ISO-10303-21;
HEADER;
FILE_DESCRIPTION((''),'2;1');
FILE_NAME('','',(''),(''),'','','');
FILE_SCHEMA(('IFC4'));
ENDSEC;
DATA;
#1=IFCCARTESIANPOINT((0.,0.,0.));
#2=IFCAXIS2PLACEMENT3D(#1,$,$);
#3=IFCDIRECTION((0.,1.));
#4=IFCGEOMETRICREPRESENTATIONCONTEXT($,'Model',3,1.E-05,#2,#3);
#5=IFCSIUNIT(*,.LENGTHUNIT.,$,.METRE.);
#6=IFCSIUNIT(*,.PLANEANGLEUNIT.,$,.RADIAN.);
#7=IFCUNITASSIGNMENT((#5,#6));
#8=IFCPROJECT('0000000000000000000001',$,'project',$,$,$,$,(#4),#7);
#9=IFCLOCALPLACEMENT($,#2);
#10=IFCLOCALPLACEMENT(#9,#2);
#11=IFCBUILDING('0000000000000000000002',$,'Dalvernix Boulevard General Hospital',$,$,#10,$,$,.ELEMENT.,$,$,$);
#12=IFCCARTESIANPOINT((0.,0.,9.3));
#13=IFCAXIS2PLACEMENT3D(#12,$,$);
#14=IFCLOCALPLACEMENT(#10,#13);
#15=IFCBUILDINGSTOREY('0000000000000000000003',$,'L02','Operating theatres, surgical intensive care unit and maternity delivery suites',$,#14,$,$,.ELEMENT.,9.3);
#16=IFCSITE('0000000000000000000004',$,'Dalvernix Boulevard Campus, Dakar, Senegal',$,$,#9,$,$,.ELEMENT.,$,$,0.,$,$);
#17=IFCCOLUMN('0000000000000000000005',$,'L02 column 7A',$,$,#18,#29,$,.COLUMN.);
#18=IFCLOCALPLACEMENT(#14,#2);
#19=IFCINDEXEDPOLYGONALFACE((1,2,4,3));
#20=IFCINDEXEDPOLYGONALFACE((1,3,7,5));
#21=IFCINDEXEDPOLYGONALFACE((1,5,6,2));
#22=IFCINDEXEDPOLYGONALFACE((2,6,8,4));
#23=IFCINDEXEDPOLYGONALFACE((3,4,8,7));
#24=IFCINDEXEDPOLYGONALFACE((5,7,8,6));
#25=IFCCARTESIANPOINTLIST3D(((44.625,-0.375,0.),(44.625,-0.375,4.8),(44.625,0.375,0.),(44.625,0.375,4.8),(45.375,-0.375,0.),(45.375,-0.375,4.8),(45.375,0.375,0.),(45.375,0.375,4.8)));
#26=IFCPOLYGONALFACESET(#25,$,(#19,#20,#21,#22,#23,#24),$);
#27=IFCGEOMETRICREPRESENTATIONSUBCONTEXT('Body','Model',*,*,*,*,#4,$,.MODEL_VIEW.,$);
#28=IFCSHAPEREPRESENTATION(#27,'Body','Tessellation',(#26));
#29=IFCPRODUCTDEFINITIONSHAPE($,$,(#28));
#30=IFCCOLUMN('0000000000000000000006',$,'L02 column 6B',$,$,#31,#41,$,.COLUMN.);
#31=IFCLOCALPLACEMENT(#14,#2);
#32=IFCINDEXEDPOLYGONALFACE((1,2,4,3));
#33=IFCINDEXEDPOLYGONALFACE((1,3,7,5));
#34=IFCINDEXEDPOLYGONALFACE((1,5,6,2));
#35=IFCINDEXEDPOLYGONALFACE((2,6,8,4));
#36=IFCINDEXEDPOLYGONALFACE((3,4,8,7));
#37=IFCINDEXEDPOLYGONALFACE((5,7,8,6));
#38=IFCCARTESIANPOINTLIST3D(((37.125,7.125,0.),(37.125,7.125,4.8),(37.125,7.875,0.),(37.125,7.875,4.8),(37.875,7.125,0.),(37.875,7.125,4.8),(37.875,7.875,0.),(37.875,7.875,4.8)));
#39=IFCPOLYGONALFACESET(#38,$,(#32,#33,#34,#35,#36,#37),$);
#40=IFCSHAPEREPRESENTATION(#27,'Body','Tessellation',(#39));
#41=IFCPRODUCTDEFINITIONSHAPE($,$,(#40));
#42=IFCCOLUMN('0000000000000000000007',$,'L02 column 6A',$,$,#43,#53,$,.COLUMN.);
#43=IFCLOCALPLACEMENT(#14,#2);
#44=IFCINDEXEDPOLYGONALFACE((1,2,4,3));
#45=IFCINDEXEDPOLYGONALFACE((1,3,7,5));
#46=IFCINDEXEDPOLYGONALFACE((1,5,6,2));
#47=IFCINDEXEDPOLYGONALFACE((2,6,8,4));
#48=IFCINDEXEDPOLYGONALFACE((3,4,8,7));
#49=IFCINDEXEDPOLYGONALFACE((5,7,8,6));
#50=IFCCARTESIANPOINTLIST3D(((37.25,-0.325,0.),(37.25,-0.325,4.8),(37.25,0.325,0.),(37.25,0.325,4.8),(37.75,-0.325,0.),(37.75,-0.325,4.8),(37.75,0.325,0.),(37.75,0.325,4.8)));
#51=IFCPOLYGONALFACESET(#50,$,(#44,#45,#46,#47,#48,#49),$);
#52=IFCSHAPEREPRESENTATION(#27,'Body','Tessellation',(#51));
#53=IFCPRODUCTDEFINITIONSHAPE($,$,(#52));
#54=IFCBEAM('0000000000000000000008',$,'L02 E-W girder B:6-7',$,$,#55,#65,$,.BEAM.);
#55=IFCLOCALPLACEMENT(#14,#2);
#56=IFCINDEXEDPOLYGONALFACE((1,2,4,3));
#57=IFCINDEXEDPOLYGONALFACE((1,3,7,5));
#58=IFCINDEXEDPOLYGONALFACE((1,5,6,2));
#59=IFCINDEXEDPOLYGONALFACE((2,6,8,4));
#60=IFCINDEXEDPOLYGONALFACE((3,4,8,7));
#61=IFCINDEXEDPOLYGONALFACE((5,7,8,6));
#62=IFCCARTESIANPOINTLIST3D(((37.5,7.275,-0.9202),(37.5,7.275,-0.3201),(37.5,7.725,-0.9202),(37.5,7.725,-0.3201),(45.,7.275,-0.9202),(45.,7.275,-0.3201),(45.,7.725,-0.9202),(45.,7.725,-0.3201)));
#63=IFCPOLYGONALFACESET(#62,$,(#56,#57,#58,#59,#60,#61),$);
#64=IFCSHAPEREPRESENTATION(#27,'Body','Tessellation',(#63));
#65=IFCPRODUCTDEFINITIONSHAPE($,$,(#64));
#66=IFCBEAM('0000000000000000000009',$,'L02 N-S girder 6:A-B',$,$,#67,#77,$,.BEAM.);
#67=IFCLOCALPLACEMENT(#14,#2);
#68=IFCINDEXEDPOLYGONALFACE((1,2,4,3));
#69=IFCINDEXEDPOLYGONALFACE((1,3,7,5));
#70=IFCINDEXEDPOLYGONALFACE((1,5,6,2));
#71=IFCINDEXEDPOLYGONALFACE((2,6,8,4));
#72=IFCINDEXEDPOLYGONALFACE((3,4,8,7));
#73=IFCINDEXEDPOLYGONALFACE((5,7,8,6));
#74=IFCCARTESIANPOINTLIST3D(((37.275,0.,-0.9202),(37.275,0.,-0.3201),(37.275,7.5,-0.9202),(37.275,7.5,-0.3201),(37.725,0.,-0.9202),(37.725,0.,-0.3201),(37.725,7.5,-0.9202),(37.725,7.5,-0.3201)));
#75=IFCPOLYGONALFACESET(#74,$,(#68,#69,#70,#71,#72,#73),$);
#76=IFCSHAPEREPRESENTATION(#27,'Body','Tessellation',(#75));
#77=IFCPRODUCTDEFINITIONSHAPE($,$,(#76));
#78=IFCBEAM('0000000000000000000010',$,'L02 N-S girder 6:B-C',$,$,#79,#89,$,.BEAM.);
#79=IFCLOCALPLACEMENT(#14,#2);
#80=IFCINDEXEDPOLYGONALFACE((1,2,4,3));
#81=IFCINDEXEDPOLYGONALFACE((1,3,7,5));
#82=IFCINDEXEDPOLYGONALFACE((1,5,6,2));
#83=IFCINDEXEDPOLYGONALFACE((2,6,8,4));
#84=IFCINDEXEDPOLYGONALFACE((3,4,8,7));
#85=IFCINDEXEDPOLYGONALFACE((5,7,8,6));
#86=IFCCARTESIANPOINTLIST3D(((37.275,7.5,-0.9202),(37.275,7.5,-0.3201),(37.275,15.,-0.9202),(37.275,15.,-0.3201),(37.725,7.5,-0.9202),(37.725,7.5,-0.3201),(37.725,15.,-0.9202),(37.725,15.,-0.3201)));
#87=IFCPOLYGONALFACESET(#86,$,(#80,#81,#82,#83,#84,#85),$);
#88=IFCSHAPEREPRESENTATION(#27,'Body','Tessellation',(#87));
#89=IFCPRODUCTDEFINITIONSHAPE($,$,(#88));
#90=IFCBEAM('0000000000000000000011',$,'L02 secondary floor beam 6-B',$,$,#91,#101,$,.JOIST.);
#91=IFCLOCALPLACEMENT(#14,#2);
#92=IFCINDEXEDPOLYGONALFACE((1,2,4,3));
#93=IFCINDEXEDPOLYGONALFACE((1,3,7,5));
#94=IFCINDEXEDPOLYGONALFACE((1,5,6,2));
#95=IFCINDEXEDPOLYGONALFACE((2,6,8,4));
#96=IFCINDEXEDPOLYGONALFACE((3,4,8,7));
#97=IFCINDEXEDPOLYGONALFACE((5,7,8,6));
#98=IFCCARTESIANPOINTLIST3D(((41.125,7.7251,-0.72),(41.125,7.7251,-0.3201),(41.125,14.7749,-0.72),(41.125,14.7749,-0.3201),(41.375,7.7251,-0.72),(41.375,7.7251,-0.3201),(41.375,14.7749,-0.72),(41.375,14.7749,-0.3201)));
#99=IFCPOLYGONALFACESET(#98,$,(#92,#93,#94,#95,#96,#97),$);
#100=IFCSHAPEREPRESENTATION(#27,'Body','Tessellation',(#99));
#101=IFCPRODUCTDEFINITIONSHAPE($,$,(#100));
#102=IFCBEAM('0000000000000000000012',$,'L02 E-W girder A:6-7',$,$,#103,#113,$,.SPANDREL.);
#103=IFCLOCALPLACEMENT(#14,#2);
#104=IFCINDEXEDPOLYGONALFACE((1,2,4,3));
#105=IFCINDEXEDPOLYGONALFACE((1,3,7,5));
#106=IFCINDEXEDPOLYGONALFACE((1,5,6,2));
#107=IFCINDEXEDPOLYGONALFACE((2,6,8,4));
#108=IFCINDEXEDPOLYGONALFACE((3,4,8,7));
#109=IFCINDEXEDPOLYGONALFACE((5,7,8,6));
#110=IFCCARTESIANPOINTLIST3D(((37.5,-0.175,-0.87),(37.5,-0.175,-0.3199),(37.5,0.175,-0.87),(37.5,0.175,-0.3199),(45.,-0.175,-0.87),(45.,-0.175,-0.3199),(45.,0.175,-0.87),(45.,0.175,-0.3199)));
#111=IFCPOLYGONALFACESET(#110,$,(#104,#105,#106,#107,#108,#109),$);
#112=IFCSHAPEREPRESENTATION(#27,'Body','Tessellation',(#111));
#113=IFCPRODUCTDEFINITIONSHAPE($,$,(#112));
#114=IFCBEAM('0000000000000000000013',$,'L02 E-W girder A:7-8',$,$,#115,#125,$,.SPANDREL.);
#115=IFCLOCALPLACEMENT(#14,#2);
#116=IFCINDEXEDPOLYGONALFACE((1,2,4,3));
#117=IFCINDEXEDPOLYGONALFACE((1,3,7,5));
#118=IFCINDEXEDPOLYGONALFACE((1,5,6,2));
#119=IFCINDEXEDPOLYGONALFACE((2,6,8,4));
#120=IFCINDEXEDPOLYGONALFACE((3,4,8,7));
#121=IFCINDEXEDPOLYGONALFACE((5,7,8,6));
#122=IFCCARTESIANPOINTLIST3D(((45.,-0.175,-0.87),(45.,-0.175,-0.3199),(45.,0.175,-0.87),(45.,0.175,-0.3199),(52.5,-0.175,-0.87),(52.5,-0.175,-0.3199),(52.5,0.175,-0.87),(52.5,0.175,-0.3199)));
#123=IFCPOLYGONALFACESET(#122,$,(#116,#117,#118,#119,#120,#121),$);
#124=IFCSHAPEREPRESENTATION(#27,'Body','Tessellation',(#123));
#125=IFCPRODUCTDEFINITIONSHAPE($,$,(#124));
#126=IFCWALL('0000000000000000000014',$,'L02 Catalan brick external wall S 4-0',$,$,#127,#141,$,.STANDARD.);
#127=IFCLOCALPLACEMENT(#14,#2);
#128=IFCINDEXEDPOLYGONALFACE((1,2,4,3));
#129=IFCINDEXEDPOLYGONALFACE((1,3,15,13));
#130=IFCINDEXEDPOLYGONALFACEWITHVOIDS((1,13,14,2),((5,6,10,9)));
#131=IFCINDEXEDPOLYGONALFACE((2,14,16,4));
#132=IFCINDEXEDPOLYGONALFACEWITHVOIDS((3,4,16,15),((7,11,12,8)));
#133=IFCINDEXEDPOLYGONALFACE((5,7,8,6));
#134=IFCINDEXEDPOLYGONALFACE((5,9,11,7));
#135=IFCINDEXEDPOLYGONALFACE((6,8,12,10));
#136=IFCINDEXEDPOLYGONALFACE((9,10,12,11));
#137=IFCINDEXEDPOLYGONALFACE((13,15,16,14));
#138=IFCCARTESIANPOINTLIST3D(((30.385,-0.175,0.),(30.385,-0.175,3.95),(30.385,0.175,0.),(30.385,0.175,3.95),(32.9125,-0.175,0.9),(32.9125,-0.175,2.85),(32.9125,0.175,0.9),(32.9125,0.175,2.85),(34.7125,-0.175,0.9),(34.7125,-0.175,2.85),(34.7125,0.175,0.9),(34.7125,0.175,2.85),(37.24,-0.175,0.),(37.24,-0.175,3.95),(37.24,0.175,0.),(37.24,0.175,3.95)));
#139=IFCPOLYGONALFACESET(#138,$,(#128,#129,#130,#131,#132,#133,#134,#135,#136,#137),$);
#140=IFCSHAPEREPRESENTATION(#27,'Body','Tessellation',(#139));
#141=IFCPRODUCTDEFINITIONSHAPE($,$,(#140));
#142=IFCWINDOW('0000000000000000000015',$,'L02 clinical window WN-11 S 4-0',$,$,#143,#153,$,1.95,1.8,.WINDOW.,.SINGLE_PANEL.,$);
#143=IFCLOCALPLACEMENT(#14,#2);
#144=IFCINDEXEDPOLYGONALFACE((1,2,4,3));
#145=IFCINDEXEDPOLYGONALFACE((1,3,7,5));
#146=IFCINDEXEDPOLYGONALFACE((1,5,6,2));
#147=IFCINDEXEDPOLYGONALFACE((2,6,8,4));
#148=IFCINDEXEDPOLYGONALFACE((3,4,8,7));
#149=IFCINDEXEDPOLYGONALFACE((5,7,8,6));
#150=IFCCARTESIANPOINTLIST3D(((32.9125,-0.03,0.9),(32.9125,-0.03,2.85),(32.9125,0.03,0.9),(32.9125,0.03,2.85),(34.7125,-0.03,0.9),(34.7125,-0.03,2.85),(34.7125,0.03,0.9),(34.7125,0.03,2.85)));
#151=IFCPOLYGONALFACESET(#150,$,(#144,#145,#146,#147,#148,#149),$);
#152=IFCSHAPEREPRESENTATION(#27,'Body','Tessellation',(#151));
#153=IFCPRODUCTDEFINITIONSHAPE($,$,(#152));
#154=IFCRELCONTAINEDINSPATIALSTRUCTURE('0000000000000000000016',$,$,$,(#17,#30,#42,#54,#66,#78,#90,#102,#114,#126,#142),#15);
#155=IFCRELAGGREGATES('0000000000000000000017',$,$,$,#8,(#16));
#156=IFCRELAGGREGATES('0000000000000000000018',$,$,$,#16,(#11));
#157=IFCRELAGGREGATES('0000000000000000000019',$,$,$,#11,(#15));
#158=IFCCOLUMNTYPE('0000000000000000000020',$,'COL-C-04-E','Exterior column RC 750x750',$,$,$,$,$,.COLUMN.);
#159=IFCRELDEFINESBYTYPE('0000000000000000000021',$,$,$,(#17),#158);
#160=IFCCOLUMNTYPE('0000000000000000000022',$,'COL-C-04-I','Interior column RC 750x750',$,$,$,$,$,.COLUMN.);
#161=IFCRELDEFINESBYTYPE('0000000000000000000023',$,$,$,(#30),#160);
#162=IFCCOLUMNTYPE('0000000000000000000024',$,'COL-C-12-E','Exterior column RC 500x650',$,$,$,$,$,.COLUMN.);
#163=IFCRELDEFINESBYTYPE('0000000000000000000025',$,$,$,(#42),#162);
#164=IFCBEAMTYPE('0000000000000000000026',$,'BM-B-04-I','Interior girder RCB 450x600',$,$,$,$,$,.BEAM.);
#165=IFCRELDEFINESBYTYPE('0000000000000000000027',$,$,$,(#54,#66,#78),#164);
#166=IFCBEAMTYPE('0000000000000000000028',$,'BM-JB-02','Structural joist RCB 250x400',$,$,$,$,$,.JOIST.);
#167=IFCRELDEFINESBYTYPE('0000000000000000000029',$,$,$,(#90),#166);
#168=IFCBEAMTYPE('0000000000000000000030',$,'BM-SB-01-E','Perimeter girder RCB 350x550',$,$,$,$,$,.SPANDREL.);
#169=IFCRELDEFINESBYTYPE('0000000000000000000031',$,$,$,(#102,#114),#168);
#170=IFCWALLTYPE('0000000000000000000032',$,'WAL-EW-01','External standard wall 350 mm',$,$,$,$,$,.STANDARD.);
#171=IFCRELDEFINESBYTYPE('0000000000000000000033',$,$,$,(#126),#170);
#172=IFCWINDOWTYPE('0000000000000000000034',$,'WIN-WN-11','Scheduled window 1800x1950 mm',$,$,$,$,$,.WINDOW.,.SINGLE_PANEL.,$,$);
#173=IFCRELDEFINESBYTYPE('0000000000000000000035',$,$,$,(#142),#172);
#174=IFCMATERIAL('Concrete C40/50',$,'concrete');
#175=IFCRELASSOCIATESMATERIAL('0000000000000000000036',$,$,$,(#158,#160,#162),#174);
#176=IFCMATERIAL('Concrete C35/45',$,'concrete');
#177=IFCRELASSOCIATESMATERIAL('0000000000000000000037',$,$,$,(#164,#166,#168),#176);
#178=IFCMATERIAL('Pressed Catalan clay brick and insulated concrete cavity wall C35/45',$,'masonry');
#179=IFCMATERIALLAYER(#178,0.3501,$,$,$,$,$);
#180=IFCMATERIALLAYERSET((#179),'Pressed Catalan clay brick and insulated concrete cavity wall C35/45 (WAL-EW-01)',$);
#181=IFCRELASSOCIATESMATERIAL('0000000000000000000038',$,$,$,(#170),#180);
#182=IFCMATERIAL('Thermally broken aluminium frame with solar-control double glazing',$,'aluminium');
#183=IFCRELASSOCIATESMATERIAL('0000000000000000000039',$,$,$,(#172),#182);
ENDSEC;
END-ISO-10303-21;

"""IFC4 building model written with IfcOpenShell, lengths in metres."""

from ifc_helpers import new_model, si_unit, direction, frame, frame_2d, origin, origin_2d, place, context, subcontext, project, spatial, rectangle, extrude, material, layer, layer_set, material_profile, profile_set, type_object, element, fill, save


model = new_model("IFC4")

# Units and contexts
model_context = context("Model", 3, precision=1e-05, world=origin(), true_north=direction((0.0, 1.0)))
body_context = subcontext(model_context, "Body", "Model", "MODEL_VIEW")
ifc_project = project(units=[si_unit("LENGTHUNIT", "METRE"), si_unit("PLANEANGLEUNIT", "RADIAN")], contexts=[model_context])

# Site, building, storey
site_placement = place(None, origin())
site = spatial("IfcSite", under=ifc_project, at=site_placement, Name="Dalvernix Boulevard Campus, Dakar, Senegal", CompositionType="ELEMENT", RefElevation=0.0)
building_placement = place(site_placement, origin())
building = spatial("IfcBuilding", under=site, at=building_placement, Name="Dalvernix Boulevard General Hospital", CompositionType="ELEMENT")
storey_placement = place(building_placement, frame((0.0, 0.0, 9.3)))
storey = spatial("IfcBuildingStorey", under=building, at=storey_placement, Name="L02", Description="Operating theatres, surgical intensive care unit and maternity delivery suites", CompositionType="ELEMENT", Elevation=9.3)

# Columns
ifc_material_1 = material(Name="Concrete C40/50", Category="concrete")
ifc_material_profile_1 = material_profile(ifc_material_1, rectangle(XDim=0.75, YDim=0.75, at=origin_2d()), Name="RC 750x750")
ifc_profile_set_1 = profile_set([ifc_material_profile_1], Name="Concrete C40/50")
column_type_1 = type_object("IfcColumnType", Name="COL-C-04-E", Description="Exterior column RC 750x750", PredefinedType="COLUMN", material=ifc_profile_set_1)
column_1_placement = place(storey_placement, frame((45.0, 0.0, 0.0), z_axis=(0.0, 0.0, 1.0), x_axis=(1.0, 0.0, 0.0)))
element("IfcColumn", 1, at=column_1_placement, inside=storey, type_object=column_type_1, Name="L02 column 7A", PredefinedType="COLUMN", context=body_context, shape_type="SweptSolid", body=[
    extrude(rectangle(XDim=0.75, YDim=0.75, at=origin_2d()), origin(), (0.0, 0.0, 1.0), 4.8),
])
ifc_material_profile_2 = material_profile(ifc_material_1, rectangle(XDim=0.75, YDim=0.75, at=origin_2d()), Name="RC 750x750")
ifc_profile_set_2 = profile_set([ifc_material_profile_2], Name="Concrete C40/50")
column_type_2 = type_object("IfcColumnType", Name="COL-C-04-I", Description="Interior column RC 750x750", PredefinedType="COLUMN", material=ifc_profile_set_2)
column_2_placement = place(storey_placement, frame((37.5, 7.5, 0.0), z_axis=(0.0, 0.0, 1.0), x_axis=(1.0, 0.0, 0.0)))
element("IfcColumn", 2, at=column_2_placement, inside=storey, type_object=column_type_2, Name="L02 column 6B", PredefinedType="COLUMN", context=body_context, shape_type="SweptSolid", body=[
    extrude(rectangle(XDim=0.75, YDim=0.75, at=origin_2d()), origin(), (0.0, 0.0, 1.0), 4.8),
])
ifc_material_profile_3 = material_profile(ifc_material_1, rectangle(XDim=0.5, YDim=0.6499, at=origin_2d()), Name="RC 500x650")
ifc_profile_set_3 = profile_set([ifc_material_profile_3], Name="Concrete C40/50")
column_type_3 = type_object("IfcColumnType", Name="COL-C-12-E", Description="Exterior column RC 500x650", PredefinedType="COLUMN", material=ifc_profile_set_3)
column_3_placement = place(storey_placement, frame((37.5, 0.0, 0.0), z_axis=(0.0, 0.0, 1.0), x_axis=(1.0, 0.0, 0.0)))
element("IfcColumn", 3, at=column_3_placement, inside=storey, type_object=column_type_3, Name="L02 column 6A", PredefinedType="COLUMN", context=body_context, shape_type="SweptSolid", body=[
    extrude(rectangle(XDim=0.5, YDim=0.6499, at=origin_2d()), origin(), (0.0, 0.0, 1.0), 4.8),
])

# Beams
ifc_material_2 = material(Name="Concrete C35/45", Category="concrete")
ifc_material_profile_4 = material_profile(ifc_material_2, rectangle(XDim=0.45, YDim=0.6001, at=origin_2d()), Name="RCB 450x600")
ifc_profile_set_4 = profile_set([ifc_material_profile_4], Name="Concrete C35/45")
beam_type_1 = type_object("IfcBeamType", Name="BM-B-04-I", Description="Interior girder RCB 450x600", PredefinedType="BEAM", material=ifc_profile_set_4)
for number, where, z_axis, x_axis, name in (
    (4, (37.5, 7.5, -0.6201), (1.0, 0.0, 0.0), (0.0, 1.0, 0.0), "L02 E-W girder B:6-7"),
    (5, (37.5, 0.0, -0.6201), (0.0, 1.0, 0.0), (-1.0, 0.0, 0.0), "L02 N-S girder 6:A-B"),
    (6, (37.5, 7.5, -0.6201), (0.0, 1.0, 0.0), (-1.0, 0.0, 0.0), "L02 N-S girder 6:B-C"),
):
    element("IfcBeam", number, at=place(storey_placement, frame(where, z_axis=z_axis, x_axis=x_axis)), inside=storey, type_object=beam_type_1, Name=name, PredefinedType="BEAM", context=body_context, shape_type="SweptSolid", body=[
        extrude(rectangle(XDim=0.45, YDim=0.6001, at=origin_2d()), origin(), (0.0, 0.0, 1.0), 7.5),
    ])
ifc_material_profile_5 = material_profile(ifc_material_2, rectangle(XDim=0.25, YDim=0.3999, at=origin_2d()), Name="RCB 250x400")
ifc_profile_set_5 = profile_set([ifc_material_profile_5], Name="Concrete C35/45")
beam_type_2 = type_object("IfcBeamType", Name="BM-JB-02", Description="Structural joist RCB 250x400", PredefinedType="JOIST", material=ifc_profile_set_5)
beam_placement = place(storey_placement, frame((41.25, 7.7251, -0.52), z_axis=(0.0, 1.0, 0.0), x_axis=(-1.0, 0.0, 0.0)))
element("IfcBeam", 7, at=beam_placement, inside=storey, type_object=beam_type_2, Name="L02 secondary floor beam 6-B", PredefinedType="JOIST", context=body_context, shape_type="SweptSolid", body=[
    extrude(rectangle(XDim=0.25, YDim=0.3999, at=origin_2d()), origin(), (0.0, 0.0, 1.0), 7.0498),
])
ifc_material_profile_6 = material_profile(ifc_material_2, rectangle(XDim=0.3501, YDim=0.55, at=origin_2d()), Name="RCB 350x550")
ifc_profile_set_6 = profile_set([ifc_material_profile_6], Name="Concrete C35/45")
beam_type_3 = type_object("IfcBeamType", Name="BM-SB-01-E", Description="Perimeter girder RCB 350x550", PredefinedType="SPANDREL", material=ifc_profile_set_6)
for number, where, z_axis, x_axis, name in (
    (8, (37.5, 0.0, -0.595), (1.0, 0.0, 0.0), (0.0, 1.0, 0.0), "L02 E-W girder A:6-7"),
    (9, (45.0, 0.0, -0.595), (1.0, 0.0, 0.0), (0.0, 1.0, 0.0), "L02 E-W girder A:7-8"),
):
    element("IfcBeam", number, at=place(storey_placement, frame(where, z_axis=z_axis, x_axis=x_axis)), inside=storey, type_object=beam_type_3, Name=name, PredefinedType="SPANDREL", context=body_context, shape_type="SweptSolid", body=[
        extrude(rectangle(XDim=0.3501, YDim=0.55, at=origin_2d()), origin(), (0.0, 0.0, 1.0), 7.5),
    ])

# Wall, opening, window
ifc_material_3 = material(Name="Pressed Catalan clay brick and insulated concrete cavity wall C35/45", Category="masonry")
ifc_layer_1 = layer(ifc_material_3, 0.3501)
ifc_layer_set_1 = layer_set([ifc_layer_1], Name="Pressed Catalan clay brick and insulated concrete cavity wall C35/45 (WAL-EW-01)")
wall_type_1 = type_object("IfcWallType", Name="WAL-EW-01", Description="External standard wall 350 mm", PredefinedType="STANDARD", material=ifc_layer_set_1)
wall_1_placement = place(storey_placement, frame((37.24, 0.0, 0.0), z_axis=(0.0, 0.0, 1.0), x_axis=(-1.0, 0.0, 0.0)))
wall_1 = element("IfcWall", 10, at=wall_1_placement, inside=storey, type_object=wall_type_1, Name="L02 Catalan brick external wall S 4-0", PredefinedType="STANDARD", context=body_context, shape_type="SweptSolid", body=[
    extrude(rectangle(XDim=6.855, YDim=0.3501, at=frame_2d((3.4275, 0.0))), origin(), (0.0, 0.0, 1.0), 3.95),
])
opening_1_placement = place(wall_1_placement, frame((2.5276, 0.0, 0.8999)))
opening_1 = element("IfcOpeningElement", 11, at=opening_1_placement, cuts=wall_1, PredefinedType="OPENING", context=body_context, shape_type="SweptSolid", body=[
    extrude(rectangle(XDim=1.8, YDim=1.95, at=frame_2d((0.8999, 0.9751))), frame((0.0, 0.1851, 0.0), z_axis=(0.0, -1.0, 0.0), x_axis=(1.0, 0.0, 0.0)), (0.0, 0.0, 1.0), 0.3701),
])
ifc_material_4 = material(Name="Thermally broken aluminium frame with solar-control double glazing", Category="aluminium")
window_type_1 = type_object("IfcWindowType", Name="WIN-WN-11", Description="Scheduled window 1800x1950 mm", PartitioningType="SINGLE_PANEL", PredefinedType="WINDOW", material=ifc_material_4)
window_1_placement = place(opening_1_placement, origin())
window_1 = element("IfcWindow", 12, at=window_1_placement, inside=storey, type_object=window_type_1, Name="L02 clinical window WN-11 S 4-0", OverallHeight=1.95, OverallWidth=1.8, PartitioningType="SINGLE_PANEL", PredefinedType="WINDOW", context=body_context, shape_type="SweptSolid", body=[
    extrude(rectangle(XDim=1.8, YDim=1.95, at=frame_2d((0.8999, 0.9751))), frame((0.0, 0.03, 0.0), z_axis=(0.0, -1.0, 0.0), x_axis=(1.0, 0.0, 0.0)), (0.0, 0.0, 1.0), 0.0601),
])
fill(opening_1, window_1)

save(model, "model.ifc")
